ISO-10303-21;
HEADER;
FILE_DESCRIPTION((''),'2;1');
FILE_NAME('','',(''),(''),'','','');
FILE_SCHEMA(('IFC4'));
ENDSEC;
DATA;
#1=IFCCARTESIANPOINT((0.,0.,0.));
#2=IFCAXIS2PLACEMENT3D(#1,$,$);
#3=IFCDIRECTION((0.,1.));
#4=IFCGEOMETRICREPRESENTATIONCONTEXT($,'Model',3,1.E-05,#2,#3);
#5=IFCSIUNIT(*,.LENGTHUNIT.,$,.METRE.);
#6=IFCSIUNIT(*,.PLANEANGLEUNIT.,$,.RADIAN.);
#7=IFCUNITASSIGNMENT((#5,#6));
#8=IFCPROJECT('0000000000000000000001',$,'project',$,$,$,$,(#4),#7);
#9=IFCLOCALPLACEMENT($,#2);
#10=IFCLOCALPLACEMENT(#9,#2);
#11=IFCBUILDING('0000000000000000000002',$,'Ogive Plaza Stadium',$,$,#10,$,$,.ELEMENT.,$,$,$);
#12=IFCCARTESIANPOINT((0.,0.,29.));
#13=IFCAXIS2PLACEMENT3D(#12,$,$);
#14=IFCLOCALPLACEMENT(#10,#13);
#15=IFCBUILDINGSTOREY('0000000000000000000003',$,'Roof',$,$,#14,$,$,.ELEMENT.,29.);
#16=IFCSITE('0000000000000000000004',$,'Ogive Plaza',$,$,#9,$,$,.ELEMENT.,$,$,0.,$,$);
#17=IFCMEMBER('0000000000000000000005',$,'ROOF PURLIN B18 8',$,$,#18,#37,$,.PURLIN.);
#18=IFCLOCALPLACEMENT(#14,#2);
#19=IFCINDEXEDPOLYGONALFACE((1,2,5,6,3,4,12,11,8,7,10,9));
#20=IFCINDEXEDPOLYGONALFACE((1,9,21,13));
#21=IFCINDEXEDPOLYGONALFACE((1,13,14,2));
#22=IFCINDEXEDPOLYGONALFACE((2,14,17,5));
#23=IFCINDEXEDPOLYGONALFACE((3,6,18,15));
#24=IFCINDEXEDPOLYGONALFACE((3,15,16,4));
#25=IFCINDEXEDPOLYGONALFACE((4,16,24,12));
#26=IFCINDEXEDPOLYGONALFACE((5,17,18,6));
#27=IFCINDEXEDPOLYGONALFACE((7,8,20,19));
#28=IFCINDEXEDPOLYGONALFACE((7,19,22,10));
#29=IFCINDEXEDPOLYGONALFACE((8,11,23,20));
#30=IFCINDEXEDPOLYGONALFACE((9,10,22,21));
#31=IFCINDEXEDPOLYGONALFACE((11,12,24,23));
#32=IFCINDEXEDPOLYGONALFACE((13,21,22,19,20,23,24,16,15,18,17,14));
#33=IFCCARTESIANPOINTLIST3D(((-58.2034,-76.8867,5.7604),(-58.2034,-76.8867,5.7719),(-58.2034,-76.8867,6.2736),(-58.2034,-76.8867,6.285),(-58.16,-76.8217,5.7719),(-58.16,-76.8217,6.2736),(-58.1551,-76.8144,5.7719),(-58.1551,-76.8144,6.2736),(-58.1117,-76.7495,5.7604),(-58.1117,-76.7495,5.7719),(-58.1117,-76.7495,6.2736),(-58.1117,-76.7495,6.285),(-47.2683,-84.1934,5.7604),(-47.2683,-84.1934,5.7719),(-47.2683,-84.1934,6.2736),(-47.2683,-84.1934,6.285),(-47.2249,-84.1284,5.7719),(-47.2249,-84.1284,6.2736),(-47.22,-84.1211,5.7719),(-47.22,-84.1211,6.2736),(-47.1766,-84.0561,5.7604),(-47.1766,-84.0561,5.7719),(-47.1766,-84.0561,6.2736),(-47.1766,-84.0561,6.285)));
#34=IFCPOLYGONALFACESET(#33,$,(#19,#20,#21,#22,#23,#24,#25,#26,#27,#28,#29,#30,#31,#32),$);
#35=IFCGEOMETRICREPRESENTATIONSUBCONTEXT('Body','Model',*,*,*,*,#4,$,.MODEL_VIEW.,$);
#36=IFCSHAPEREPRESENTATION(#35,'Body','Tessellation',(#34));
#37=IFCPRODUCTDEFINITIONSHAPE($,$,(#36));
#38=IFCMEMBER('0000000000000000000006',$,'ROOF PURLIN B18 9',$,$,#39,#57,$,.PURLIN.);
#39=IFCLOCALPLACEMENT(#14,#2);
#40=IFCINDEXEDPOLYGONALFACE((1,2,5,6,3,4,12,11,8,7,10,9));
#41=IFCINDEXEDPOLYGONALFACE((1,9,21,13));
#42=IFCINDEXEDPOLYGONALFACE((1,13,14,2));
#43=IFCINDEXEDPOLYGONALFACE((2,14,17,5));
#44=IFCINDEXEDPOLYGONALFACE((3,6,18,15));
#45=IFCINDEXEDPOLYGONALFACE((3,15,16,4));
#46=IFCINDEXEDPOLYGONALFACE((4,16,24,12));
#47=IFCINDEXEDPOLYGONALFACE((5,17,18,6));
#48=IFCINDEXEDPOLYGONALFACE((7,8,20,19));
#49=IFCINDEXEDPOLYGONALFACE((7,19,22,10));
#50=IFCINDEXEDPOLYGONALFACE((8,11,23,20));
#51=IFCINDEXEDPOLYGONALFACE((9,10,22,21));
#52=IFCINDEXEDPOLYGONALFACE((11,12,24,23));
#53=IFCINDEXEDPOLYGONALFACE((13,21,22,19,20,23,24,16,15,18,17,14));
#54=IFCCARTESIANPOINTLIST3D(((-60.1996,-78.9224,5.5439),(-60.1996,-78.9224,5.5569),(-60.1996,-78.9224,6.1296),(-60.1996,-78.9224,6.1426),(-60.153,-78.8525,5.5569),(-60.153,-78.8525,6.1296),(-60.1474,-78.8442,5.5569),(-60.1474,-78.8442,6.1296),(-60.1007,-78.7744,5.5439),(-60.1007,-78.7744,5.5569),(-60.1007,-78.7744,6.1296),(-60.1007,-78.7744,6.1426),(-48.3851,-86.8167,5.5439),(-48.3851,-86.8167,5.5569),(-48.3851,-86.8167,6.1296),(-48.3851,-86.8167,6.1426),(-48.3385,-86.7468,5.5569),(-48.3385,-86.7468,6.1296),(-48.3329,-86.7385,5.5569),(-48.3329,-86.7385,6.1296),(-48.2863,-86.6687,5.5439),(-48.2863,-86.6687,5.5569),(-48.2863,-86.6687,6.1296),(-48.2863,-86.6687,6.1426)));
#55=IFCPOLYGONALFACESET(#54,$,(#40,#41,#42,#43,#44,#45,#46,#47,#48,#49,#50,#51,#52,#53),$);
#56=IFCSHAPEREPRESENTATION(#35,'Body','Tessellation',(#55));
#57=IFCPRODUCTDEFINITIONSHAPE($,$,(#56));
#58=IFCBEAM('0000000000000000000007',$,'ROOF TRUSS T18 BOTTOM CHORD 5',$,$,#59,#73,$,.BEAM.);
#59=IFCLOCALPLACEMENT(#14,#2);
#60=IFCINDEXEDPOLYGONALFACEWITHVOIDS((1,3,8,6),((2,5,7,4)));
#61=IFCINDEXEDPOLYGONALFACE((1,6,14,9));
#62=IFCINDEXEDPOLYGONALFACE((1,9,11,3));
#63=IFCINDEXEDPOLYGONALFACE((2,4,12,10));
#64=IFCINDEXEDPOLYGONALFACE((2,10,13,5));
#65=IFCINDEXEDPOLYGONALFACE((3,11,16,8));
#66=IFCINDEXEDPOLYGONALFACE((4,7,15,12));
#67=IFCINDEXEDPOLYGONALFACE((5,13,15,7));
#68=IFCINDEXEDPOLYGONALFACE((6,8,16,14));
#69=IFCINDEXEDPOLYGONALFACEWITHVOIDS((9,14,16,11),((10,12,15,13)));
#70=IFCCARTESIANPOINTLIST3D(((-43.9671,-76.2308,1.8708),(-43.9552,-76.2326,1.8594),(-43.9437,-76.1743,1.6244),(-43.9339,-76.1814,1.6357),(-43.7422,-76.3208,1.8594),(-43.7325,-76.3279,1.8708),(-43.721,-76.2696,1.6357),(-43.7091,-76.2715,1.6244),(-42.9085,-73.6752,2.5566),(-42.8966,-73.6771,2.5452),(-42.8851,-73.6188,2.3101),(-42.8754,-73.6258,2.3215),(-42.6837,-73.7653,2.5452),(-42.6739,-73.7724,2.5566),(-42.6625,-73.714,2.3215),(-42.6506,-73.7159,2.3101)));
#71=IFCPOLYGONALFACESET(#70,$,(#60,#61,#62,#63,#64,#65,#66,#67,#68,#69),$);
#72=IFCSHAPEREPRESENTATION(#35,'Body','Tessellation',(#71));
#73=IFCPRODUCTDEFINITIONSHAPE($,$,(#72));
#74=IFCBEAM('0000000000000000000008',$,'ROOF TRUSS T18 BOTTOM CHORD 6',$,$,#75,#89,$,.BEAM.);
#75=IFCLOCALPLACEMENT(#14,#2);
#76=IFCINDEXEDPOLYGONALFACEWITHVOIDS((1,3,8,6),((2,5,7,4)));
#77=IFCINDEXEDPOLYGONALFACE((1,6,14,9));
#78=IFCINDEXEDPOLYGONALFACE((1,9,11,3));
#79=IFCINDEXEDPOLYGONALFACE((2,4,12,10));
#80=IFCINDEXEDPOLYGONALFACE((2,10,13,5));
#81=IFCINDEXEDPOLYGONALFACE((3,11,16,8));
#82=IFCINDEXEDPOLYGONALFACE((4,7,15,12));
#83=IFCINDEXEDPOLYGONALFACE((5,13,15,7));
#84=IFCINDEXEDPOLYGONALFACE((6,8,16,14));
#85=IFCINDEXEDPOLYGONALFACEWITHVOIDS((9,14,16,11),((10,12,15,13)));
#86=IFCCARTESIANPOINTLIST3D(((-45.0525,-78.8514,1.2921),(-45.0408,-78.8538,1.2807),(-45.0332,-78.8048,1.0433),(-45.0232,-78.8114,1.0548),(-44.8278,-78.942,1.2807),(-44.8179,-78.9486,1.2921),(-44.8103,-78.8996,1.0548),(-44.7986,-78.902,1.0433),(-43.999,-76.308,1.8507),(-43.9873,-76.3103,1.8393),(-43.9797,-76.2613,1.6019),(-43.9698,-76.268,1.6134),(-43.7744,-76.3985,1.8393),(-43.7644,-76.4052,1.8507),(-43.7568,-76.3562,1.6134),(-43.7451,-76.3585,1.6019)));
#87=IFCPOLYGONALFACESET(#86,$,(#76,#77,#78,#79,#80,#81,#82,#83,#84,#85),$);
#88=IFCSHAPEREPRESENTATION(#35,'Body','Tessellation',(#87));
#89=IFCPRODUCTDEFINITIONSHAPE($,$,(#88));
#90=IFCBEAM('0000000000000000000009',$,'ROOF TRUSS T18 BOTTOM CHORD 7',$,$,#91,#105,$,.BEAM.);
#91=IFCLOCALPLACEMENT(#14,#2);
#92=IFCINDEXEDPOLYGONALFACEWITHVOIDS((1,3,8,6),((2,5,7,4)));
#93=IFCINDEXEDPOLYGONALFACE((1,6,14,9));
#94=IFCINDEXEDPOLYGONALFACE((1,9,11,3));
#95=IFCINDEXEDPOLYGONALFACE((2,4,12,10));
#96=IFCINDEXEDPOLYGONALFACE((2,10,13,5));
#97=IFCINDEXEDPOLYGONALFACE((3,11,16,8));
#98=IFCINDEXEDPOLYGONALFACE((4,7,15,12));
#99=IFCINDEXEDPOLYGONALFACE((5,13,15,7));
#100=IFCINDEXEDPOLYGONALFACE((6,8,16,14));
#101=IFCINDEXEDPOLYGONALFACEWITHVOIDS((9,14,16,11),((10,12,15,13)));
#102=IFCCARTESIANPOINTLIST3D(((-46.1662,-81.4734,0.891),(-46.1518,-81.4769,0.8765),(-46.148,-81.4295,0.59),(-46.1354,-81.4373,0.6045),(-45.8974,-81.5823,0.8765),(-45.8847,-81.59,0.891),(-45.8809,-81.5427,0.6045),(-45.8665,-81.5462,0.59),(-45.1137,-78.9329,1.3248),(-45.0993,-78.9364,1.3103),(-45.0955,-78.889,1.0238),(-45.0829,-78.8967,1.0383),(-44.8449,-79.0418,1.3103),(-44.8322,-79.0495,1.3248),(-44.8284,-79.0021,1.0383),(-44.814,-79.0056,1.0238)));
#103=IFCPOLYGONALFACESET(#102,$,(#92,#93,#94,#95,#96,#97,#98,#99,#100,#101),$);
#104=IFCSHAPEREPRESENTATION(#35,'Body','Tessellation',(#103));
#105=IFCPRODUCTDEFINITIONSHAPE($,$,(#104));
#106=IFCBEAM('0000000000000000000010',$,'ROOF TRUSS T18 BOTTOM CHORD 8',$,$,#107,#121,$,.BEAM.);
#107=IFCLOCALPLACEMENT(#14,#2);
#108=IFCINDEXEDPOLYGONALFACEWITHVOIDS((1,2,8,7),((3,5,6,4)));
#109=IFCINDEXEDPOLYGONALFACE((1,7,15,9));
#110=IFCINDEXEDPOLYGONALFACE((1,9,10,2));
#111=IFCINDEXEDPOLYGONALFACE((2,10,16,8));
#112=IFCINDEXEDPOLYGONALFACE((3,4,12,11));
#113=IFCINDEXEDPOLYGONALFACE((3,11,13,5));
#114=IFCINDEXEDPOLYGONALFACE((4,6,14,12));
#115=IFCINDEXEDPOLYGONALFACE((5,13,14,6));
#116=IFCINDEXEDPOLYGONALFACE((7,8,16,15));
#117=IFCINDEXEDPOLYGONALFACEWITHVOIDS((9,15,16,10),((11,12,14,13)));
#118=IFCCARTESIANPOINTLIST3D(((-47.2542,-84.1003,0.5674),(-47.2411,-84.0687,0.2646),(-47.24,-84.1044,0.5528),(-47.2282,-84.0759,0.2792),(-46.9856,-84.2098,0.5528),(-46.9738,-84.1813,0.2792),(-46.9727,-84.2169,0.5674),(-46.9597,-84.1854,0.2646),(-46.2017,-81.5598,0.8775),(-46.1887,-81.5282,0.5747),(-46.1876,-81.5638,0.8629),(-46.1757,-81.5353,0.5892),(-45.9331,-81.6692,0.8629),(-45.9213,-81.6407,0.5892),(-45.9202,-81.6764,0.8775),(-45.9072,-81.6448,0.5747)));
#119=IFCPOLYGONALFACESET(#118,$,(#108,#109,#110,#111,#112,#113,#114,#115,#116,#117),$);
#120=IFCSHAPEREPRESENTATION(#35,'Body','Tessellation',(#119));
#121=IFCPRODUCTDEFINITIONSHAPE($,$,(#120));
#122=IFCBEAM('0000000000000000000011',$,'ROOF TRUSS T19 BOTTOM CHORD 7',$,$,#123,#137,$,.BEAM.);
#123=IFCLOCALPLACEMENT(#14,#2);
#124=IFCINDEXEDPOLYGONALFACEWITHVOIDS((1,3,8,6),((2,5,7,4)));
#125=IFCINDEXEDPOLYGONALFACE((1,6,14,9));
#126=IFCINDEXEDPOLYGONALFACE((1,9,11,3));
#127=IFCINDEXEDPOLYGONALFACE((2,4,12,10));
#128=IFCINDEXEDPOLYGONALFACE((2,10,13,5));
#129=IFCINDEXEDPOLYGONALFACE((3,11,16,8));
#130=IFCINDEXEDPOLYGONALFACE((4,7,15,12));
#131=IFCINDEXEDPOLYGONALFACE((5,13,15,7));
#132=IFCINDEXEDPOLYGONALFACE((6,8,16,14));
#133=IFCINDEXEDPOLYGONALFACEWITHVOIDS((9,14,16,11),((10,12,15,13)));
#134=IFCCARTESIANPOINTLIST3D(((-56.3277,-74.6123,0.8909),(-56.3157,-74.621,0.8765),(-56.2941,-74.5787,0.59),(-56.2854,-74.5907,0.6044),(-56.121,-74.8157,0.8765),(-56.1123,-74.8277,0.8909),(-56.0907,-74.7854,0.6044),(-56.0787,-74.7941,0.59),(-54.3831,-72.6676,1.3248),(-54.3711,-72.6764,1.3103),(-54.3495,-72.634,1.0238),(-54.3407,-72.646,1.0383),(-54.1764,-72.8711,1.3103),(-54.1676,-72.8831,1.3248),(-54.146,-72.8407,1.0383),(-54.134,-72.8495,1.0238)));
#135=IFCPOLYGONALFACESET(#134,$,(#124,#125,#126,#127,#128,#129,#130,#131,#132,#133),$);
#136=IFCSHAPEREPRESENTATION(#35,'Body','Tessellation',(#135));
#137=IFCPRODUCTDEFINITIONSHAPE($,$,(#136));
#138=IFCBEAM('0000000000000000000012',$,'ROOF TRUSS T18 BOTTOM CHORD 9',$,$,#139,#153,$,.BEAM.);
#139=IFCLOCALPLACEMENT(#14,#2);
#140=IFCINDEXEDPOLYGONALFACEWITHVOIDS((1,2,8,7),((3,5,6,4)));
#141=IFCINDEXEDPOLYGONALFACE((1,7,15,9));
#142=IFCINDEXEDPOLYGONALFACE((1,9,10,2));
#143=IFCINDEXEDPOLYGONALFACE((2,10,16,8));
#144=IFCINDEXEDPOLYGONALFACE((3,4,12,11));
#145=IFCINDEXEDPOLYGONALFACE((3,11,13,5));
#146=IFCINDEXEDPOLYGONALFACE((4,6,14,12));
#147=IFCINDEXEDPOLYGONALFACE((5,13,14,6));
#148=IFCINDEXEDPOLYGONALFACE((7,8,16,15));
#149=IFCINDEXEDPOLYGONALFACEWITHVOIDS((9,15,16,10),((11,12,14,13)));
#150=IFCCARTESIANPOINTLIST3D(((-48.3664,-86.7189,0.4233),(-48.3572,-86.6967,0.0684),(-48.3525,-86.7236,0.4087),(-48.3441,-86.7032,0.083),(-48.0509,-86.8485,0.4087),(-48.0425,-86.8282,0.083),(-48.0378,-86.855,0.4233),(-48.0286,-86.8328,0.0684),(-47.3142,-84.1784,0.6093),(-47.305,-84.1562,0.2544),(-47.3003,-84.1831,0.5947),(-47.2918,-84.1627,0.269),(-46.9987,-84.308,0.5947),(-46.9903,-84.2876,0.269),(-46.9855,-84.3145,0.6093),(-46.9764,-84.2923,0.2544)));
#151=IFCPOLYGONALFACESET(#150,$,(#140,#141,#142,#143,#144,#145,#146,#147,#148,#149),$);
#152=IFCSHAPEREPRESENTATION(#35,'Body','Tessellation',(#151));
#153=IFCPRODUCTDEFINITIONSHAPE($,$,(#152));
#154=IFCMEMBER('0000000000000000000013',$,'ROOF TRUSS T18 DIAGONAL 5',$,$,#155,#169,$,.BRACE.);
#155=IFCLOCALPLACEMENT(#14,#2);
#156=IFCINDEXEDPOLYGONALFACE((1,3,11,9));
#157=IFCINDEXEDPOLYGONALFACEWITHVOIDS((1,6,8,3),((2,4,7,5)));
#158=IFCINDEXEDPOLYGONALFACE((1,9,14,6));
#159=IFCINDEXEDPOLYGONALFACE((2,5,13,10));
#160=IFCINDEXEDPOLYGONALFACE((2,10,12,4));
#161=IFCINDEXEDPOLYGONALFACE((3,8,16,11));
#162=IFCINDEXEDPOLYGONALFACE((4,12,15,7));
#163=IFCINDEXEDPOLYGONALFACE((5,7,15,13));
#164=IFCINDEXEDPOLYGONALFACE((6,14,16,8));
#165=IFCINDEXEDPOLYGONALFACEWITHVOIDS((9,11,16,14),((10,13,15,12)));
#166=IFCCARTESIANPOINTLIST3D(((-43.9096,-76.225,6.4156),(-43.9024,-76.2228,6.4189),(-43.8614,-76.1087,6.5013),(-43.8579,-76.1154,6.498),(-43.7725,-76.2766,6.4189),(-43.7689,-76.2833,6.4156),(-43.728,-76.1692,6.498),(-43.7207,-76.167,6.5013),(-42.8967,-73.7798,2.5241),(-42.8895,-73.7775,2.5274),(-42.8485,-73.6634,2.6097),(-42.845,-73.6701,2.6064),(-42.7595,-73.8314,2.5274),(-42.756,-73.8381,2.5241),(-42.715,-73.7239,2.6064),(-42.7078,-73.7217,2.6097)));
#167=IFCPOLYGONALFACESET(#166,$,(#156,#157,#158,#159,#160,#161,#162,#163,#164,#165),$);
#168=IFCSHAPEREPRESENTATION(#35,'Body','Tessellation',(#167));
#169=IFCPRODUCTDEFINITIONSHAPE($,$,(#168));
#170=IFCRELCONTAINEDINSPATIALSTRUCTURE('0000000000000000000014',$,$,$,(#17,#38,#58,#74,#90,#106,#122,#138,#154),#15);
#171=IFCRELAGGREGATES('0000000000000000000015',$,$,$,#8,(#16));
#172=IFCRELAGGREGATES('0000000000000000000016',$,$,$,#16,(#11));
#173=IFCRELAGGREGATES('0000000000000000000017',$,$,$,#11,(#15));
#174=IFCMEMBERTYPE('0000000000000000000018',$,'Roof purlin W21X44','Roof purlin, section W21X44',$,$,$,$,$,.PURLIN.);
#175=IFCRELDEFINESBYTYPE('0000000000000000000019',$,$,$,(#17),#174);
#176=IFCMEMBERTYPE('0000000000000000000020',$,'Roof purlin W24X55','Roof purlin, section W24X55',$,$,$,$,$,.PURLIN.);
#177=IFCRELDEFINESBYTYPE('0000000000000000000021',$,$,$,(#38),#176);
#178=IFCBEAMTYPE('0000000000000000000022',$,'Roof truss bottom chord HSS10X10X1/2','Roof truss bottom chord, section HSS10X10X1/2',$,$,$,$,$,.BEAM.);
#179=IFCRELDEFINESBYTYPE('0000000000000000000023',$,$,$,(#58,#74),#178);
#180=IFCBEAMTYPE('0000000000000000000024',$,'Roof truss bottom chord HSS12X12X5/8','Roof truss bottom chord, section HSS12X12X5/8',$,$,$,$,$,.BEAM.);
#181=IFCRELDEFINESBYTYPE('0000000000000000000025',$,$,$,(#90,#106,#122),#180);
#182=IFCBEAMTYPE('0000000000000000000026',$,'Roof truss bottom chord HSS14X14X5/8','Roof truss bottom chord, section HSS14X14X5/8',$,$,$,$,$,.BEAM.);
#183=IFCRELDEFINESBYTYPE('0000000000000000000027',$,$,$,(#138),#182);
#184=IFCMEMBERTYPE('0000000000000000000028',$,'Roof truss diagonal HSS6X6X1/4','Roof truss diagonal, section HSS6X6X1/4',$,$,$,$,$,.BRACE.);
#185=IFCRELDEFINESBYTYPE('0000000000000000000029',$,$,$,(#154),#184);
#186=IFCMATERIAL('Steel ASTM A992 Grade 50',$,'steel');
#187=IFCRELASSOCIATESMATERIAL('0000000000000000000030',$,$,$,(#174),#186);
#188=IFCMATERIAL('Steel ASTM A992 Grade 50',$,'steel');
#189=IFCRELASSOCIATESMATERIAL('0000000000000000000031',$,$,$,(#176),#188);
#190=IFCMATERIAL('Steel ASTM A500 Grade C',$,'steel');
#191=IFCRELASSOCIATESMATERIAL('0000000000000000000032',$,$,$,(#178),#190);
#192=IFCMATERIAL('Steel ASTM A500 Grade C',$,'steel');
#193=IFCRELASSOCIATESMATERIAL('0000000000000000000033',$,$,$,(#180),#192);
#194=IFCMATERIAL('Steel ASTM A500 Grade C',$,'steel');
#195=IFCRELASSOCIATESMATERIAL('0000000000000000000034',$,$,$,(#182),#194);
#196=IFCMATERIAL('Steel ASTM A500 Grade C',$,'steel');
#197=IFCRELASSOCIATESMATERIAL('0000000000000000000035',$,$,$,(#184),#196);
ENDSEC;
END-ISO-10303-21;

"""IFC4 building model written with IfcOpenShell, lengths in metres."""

from ifc_helpers import new_model, si_unit, direction, frame, origin, origin_2d, place, context, subcontext, project, spatial, hollow_rectangle, i_section, extrude, material, material_profile, profile_set, type_object, element, save


model = new_model("IFC4")

# Units and contexts
model_context = context("Model", 3, precision=1e-05, world=origin(), true_north=direction((0.0, 1.0)))
body_context = subcontext(model_context, "Body", "Model", "MODEL_VIEW")
ifc_project = project(units=[si_unit("LENGTHUNIT", "METRE"), si_unit("PLANEANGLEUNIT", "RADIAN")], contexts=[model_context])

# Site, building, storey
site_placement = place(None, origin())
site = spatial("IfcSite", under=ifc_project, at=site_placement, Name="Ogive Plaza", CompositionType="ELEMENT", RefElevation=0.0)
building_placement = place(site_placement, origin())
building = spatial("IfcBuilding", under=site, at=building_placement, Name="Ogive Plaza Stadium", CompositionType="ELEMENT")
storey_placement = place(building_placement, frame((0.0, 0.0, 29.0)))
storey = spatial("IfcBuildingStorey", under=building, at=storey_placement, Name="Roof", CompositionType="ELEMENT", Elevation=29.0)

# Members
ifc_material_1 = material(Name="Steel ASTM A992 Grade 50", Category="steel")
ifc_material_profile_1 = material_profile(ifc_material_1, i_section(OverallWidth=0.165, OverallDepth=0.5247, WebThickness=0.0088, FlangeThickness=0.0115, at=origin_2d()), Name="W21X44")
ifc_profile_set_1 = profile_set([ifc_material_profile_1], Name="Steel ASTM A992 Grade 50")
member_type_1 = type_object("IfcMemberType", Name="Roof purlin W21X44", Description="Roof purlin, section W21X44", PredefinedType="PURLIN", material=ifc_profile_set_1)
member_1_placement = place(storey_placement, frame((-47.2224, -84.1248, 6.0227), z_axis=(-0.831467, 0.555574, 0.0), x_axis=(-0.555574, -0.831467, 0.0)))
element("IfcMember", 1, at=member_1_placement, inside=storey, type_object=member_type_1, Name="ROOF PURLIN B18 8", PredefinedType="PURLIN", context=body_context, shape_type="SweptSolid", body=[
    extrude(i_section(OverallWidth=0.165, OverallDepth=0.5247, WebThickness=0.0088, FlangeThickness=0.0115, at=origin_2d()), origin(), (0.0, 0.0, 1.0), 13.1516),
])
ifc_material_2 = material(Name="Steel ASTM A992 Grade 50", Category="steel")
ifc_material_profile_2 = material_profile(ifc_material_2, i_section(OverallWidth=0.178, OverallDepth=0.5986, WebThickness=0.01, FlangeThickness=0.0129, at=origin_2d()), Name="W24X55")
ifc_profile_set_2 = profile_set([ifc_material_profile_2], Name="Steel ASTM A992 Grade 50")
member_type_2 = type_object("IfcMemberType", Name="Roof purlin W24X55", Description="Roof purlin, section W24X55", PredefinedType="PURLIN", material=ifc_profile_set_2)
member_2_placement = place(storey_placement, frame((-48.3357, -86.7427, 5.8433), z_axis=(-0.831466, 0.555576, 0.0), x_axis=(-0.555576, -0.831466, 0.0)))
element("IfcMember", 2, at=member_2_placement, inside=storey, type_object=member_type_2, Name="ROOF PURLIN B18 9", PredefinedType="PURLIN", context=body_context, shape_type="SweptSolid", body=[
    extrude(i_section(OverallWidth=0.178, OverallDepth=0.5986, WebThickness=0.01, FlangeThickness=0.0129, at=origin_2d()), origin(), (0.0, 0.0, 1.0), 14.2092),
])

# Beams
ifc_material_3 = material(Name="Steel ASTM A500 Grade C", Category="steel")
ifc_material_profile_3 = material_profile(ifc_material_3, hollow_rectangle(XDim=0.2539, YDim=0.2539, WallThickness=0.0117, at=origin_2d()), Name="HSS10X10X1/2")
ifc_profile_set_3 = profile_set([ifc_material_profile_3], Name="Steel ASTM A500 Grade C")
beam_type_1 = type_object("IfcBeamType", Name="Roof truss bottom chord HSS10X10X1/2", Description="Roof truss bottom chord, section HSS10X10X1/2", PredefinedType="BEAM", material=ifc_profile_set_3)
beam_1_placement = place(storey_placement, frame((-42.7795, -73.6956, 2.4333), z_axis=(-0.37144, -0.896733, -0.240631), x_axis=(0.923879, -0.382684, 0.0)))
element("IfcBeam", 3, at=beam_1_placement, inside=storey, type_object=beam_type_1, Name="ROOF TRUSS T18 BOTTOM CHORD 5", PredefinedType="BEAM", context=body_context, shape_type="SweptSolid", body=[
    extrude(hollow_rectangle(XDim=0.2539, YDim=0.2539, WallThickness=0.0117, at=origin_2d()), origin(), (0.0, 0.0, 1.0), 2.8499),
])
beam_2_placement = place(storey_placement, frame((-43.8721, -76.3333, 1.7263), z_axis=(-0.375021, -0.905438, -0.198852), x_axis=(0.923888, -0.382662, 0.0)))
element("IfcBeam", 4, at=beam_2_placement, inside=storey, type_object=beam_type_1, Name="ROOF TRUSS T18 BOTTOM CHORD 6", PredefinedType="BEAM", context=body_context, shape_type="SweptSolid", body=[
    extrude(hollow_rectangle(XDim=0.2539, YDim=0.2539, WallThickness=0.0117, at=origin_2d()), origin(), (0.0, 0.0, 1.0), 2.8091),
])
ifc_material_4 = material(Name="Steel ASTM A500 Grade C", Category="steel")
ifc_material_profile_4 = material_profile(ifc_material_4, hollow_rectangle(XDim=0.3047, YDim=0.3047, WallThickness=0.0146, at=origin_2d()), Name="HSS12X12X5/8")
ifc_profile_set_4 = profile_set([ifc_material_profile_4], Name="Steel ASTM A500 Grade C")
beam_type_2 = type_object("IfcBeamType", Name="Roof truss bottom chord HSS12X12X5/8", Description="Roof truss bottom chord, section HSS12X12X5/8", PredefinedType="BEAM", material=ifc_profile_set_4)
beam_3_placement = place(storey_placement, frame((-44.9639, -78.9692, 1.1743), z_axis=(-0.37806, -0.912571, -0.155837), x_axis=(0.923858, -0.382736, 0.0)))
element("IfcBeam", 5, at=beam_3_placement, inside=storey, type_object=beam_type_2, Name="ROOF TRUSS T18 BOTTOM CHORD 7", PredefinedType="BEAM", context=body_context, shape_type="SweptSolid", body=[
    extrude(hollow_rectangle(XDim=0.3047, YDim=0.3047, WallThickness=0.0146, at=origin_2d()), origin(), (0.0, 0.0, 1.0), 2.7839),
])
beam_4_placement = place(storey_placement, frame((-46.0544, -81.6023, 0.7261), z_axis=(-0.380326, -0.918041, -0.112042), x_axis=(0.923858, -0.382736, 0.0)))
element("IfcBeam", 6, at=beam_4_placement, inside=storey, type_object=beam_type_2, Name="ROOF TRUSS T18 BOTTOM CHORD 8", PredefinedType="BEAM", context=body_context, shape_type="SweptSolid", body=[
    extrude(hollow_rectangle(XDim=0.3047, YDim=0.3047, WallThickness=0.0146, at=origin_2d()), origin(), (0.0, 0.0, 1.0), 2.7673),
])
beam_5_placement = place(storey_placement, frame((-54.2585, -72.7585, 1.1743), z_axis=(-0.698469, -0.698469, -0.155829), x_axis=(0.707107, -0.707107, 0.0)))
element("IfcBeam", 7, at=beam_5_placement, inside=storey, type_object=beam_type_2, Name="ROOF TRUSS T19 BOTTOM CHORD 7", PredefinedType="BEAM", context=body_context, shape_type="SweptSolid", body=[
    extrude(hollow_rectangle(XDim=0.3047, YDim=0.3047, WallThickness=0.0146, at=origin_2d()), origin(), (0.0, 0.0, 1.0), 2.7842),
])
ifc_material_5 = material(Name="Steel ASTM A500 Grade C", Category="steel")
ifc_material_profile_5 = material_profile(ifc_material_5, hollow_rectangle(XDim=0.3557, YDim=0.3557, WallThickness=0.0146, at=origin_2d()), Name="HSS14X14X5/8")
ifc_profile_set_5 = profile_set([ifc_material_profile_5], Name="Steel ASTM A500 Grade C")
beam_type_3 = type_object("IfcBeamType", Name="Roof truss bottom chord HSS14X14X5/8", Description="Roof truss bottom chord, section HSS14X14X5/8", PredefinedType="BEAM", material=ifc_profile_set_5)
beam_6_placement = place(storey_placement, frame((-47.1453, -84.2354, 0.4319), z_axis=(-0.381787, -0.921782, -0.067499), x_axis=(0.923889, -0.38266, 0.0)))
element("IfcBeam", 8, at=beam_6_placement, inside=storey, type_object=beam_type_3, Name="ROOF TRUSS T18 BOTTOM CHORD 9", PredefinedType="BEAM", context=body_context, shape_type="SweptSolid", body=[
    extrude(hollow_rectangle(XDim=0.3557, YDim=0.3557, WallThickness=0.0146, at=origin_2d()), origin(), (0.0, 0.0, 1.0), 2.7561),
])

# Member
ifc_material_6 = material(Name="Steel ASTM A500 Grade C", Category="steel")
ifc_material_profile_6 = material_profile(ifc_material_6, hollow_rectangle(XDim=0.1523, YDim=0.1523, WallThickness=0.0059, at=origin_2d()), Name="HSS6X6X1/4")
ifc_profile_set_6 = profile_set([ifc_material_profile_6], Name="Steel ASTM A500 Grade C")
member_type_3 = type_object("IfcMemberType", Name="Roof truss diagonal HSS6X6X1/4", Description="Roof truss diagonal, section HSS6X6X1/4", PredefinedType="BRACE", material=ifc_profile_set_6)
member_3_placement = place(storey_placement, frame((-42.8022, -73.7507, 2.5669), z_axis=(-0.215226, -0.519572, 0.826875), x_axis=(0.923872, -0.382702, 0.0)))
element("IfcMember", 9, at=member_3_placement, inside=storey, type_object=member_type_3, Name="ROOF TRUSS T18 DIAGONAL 5", PredefinedType="BRACE", context=body_context, shape_type="SweptSolid", body=[
    extrude(hollow_rectangle(XDim=0.1523, YDim=0.1523, WallThickness=0.0059, at=origin_2d()), origin(), (0.0, 0.0, 1.0), 4.7063),
])

save(model, "model.ifc")
